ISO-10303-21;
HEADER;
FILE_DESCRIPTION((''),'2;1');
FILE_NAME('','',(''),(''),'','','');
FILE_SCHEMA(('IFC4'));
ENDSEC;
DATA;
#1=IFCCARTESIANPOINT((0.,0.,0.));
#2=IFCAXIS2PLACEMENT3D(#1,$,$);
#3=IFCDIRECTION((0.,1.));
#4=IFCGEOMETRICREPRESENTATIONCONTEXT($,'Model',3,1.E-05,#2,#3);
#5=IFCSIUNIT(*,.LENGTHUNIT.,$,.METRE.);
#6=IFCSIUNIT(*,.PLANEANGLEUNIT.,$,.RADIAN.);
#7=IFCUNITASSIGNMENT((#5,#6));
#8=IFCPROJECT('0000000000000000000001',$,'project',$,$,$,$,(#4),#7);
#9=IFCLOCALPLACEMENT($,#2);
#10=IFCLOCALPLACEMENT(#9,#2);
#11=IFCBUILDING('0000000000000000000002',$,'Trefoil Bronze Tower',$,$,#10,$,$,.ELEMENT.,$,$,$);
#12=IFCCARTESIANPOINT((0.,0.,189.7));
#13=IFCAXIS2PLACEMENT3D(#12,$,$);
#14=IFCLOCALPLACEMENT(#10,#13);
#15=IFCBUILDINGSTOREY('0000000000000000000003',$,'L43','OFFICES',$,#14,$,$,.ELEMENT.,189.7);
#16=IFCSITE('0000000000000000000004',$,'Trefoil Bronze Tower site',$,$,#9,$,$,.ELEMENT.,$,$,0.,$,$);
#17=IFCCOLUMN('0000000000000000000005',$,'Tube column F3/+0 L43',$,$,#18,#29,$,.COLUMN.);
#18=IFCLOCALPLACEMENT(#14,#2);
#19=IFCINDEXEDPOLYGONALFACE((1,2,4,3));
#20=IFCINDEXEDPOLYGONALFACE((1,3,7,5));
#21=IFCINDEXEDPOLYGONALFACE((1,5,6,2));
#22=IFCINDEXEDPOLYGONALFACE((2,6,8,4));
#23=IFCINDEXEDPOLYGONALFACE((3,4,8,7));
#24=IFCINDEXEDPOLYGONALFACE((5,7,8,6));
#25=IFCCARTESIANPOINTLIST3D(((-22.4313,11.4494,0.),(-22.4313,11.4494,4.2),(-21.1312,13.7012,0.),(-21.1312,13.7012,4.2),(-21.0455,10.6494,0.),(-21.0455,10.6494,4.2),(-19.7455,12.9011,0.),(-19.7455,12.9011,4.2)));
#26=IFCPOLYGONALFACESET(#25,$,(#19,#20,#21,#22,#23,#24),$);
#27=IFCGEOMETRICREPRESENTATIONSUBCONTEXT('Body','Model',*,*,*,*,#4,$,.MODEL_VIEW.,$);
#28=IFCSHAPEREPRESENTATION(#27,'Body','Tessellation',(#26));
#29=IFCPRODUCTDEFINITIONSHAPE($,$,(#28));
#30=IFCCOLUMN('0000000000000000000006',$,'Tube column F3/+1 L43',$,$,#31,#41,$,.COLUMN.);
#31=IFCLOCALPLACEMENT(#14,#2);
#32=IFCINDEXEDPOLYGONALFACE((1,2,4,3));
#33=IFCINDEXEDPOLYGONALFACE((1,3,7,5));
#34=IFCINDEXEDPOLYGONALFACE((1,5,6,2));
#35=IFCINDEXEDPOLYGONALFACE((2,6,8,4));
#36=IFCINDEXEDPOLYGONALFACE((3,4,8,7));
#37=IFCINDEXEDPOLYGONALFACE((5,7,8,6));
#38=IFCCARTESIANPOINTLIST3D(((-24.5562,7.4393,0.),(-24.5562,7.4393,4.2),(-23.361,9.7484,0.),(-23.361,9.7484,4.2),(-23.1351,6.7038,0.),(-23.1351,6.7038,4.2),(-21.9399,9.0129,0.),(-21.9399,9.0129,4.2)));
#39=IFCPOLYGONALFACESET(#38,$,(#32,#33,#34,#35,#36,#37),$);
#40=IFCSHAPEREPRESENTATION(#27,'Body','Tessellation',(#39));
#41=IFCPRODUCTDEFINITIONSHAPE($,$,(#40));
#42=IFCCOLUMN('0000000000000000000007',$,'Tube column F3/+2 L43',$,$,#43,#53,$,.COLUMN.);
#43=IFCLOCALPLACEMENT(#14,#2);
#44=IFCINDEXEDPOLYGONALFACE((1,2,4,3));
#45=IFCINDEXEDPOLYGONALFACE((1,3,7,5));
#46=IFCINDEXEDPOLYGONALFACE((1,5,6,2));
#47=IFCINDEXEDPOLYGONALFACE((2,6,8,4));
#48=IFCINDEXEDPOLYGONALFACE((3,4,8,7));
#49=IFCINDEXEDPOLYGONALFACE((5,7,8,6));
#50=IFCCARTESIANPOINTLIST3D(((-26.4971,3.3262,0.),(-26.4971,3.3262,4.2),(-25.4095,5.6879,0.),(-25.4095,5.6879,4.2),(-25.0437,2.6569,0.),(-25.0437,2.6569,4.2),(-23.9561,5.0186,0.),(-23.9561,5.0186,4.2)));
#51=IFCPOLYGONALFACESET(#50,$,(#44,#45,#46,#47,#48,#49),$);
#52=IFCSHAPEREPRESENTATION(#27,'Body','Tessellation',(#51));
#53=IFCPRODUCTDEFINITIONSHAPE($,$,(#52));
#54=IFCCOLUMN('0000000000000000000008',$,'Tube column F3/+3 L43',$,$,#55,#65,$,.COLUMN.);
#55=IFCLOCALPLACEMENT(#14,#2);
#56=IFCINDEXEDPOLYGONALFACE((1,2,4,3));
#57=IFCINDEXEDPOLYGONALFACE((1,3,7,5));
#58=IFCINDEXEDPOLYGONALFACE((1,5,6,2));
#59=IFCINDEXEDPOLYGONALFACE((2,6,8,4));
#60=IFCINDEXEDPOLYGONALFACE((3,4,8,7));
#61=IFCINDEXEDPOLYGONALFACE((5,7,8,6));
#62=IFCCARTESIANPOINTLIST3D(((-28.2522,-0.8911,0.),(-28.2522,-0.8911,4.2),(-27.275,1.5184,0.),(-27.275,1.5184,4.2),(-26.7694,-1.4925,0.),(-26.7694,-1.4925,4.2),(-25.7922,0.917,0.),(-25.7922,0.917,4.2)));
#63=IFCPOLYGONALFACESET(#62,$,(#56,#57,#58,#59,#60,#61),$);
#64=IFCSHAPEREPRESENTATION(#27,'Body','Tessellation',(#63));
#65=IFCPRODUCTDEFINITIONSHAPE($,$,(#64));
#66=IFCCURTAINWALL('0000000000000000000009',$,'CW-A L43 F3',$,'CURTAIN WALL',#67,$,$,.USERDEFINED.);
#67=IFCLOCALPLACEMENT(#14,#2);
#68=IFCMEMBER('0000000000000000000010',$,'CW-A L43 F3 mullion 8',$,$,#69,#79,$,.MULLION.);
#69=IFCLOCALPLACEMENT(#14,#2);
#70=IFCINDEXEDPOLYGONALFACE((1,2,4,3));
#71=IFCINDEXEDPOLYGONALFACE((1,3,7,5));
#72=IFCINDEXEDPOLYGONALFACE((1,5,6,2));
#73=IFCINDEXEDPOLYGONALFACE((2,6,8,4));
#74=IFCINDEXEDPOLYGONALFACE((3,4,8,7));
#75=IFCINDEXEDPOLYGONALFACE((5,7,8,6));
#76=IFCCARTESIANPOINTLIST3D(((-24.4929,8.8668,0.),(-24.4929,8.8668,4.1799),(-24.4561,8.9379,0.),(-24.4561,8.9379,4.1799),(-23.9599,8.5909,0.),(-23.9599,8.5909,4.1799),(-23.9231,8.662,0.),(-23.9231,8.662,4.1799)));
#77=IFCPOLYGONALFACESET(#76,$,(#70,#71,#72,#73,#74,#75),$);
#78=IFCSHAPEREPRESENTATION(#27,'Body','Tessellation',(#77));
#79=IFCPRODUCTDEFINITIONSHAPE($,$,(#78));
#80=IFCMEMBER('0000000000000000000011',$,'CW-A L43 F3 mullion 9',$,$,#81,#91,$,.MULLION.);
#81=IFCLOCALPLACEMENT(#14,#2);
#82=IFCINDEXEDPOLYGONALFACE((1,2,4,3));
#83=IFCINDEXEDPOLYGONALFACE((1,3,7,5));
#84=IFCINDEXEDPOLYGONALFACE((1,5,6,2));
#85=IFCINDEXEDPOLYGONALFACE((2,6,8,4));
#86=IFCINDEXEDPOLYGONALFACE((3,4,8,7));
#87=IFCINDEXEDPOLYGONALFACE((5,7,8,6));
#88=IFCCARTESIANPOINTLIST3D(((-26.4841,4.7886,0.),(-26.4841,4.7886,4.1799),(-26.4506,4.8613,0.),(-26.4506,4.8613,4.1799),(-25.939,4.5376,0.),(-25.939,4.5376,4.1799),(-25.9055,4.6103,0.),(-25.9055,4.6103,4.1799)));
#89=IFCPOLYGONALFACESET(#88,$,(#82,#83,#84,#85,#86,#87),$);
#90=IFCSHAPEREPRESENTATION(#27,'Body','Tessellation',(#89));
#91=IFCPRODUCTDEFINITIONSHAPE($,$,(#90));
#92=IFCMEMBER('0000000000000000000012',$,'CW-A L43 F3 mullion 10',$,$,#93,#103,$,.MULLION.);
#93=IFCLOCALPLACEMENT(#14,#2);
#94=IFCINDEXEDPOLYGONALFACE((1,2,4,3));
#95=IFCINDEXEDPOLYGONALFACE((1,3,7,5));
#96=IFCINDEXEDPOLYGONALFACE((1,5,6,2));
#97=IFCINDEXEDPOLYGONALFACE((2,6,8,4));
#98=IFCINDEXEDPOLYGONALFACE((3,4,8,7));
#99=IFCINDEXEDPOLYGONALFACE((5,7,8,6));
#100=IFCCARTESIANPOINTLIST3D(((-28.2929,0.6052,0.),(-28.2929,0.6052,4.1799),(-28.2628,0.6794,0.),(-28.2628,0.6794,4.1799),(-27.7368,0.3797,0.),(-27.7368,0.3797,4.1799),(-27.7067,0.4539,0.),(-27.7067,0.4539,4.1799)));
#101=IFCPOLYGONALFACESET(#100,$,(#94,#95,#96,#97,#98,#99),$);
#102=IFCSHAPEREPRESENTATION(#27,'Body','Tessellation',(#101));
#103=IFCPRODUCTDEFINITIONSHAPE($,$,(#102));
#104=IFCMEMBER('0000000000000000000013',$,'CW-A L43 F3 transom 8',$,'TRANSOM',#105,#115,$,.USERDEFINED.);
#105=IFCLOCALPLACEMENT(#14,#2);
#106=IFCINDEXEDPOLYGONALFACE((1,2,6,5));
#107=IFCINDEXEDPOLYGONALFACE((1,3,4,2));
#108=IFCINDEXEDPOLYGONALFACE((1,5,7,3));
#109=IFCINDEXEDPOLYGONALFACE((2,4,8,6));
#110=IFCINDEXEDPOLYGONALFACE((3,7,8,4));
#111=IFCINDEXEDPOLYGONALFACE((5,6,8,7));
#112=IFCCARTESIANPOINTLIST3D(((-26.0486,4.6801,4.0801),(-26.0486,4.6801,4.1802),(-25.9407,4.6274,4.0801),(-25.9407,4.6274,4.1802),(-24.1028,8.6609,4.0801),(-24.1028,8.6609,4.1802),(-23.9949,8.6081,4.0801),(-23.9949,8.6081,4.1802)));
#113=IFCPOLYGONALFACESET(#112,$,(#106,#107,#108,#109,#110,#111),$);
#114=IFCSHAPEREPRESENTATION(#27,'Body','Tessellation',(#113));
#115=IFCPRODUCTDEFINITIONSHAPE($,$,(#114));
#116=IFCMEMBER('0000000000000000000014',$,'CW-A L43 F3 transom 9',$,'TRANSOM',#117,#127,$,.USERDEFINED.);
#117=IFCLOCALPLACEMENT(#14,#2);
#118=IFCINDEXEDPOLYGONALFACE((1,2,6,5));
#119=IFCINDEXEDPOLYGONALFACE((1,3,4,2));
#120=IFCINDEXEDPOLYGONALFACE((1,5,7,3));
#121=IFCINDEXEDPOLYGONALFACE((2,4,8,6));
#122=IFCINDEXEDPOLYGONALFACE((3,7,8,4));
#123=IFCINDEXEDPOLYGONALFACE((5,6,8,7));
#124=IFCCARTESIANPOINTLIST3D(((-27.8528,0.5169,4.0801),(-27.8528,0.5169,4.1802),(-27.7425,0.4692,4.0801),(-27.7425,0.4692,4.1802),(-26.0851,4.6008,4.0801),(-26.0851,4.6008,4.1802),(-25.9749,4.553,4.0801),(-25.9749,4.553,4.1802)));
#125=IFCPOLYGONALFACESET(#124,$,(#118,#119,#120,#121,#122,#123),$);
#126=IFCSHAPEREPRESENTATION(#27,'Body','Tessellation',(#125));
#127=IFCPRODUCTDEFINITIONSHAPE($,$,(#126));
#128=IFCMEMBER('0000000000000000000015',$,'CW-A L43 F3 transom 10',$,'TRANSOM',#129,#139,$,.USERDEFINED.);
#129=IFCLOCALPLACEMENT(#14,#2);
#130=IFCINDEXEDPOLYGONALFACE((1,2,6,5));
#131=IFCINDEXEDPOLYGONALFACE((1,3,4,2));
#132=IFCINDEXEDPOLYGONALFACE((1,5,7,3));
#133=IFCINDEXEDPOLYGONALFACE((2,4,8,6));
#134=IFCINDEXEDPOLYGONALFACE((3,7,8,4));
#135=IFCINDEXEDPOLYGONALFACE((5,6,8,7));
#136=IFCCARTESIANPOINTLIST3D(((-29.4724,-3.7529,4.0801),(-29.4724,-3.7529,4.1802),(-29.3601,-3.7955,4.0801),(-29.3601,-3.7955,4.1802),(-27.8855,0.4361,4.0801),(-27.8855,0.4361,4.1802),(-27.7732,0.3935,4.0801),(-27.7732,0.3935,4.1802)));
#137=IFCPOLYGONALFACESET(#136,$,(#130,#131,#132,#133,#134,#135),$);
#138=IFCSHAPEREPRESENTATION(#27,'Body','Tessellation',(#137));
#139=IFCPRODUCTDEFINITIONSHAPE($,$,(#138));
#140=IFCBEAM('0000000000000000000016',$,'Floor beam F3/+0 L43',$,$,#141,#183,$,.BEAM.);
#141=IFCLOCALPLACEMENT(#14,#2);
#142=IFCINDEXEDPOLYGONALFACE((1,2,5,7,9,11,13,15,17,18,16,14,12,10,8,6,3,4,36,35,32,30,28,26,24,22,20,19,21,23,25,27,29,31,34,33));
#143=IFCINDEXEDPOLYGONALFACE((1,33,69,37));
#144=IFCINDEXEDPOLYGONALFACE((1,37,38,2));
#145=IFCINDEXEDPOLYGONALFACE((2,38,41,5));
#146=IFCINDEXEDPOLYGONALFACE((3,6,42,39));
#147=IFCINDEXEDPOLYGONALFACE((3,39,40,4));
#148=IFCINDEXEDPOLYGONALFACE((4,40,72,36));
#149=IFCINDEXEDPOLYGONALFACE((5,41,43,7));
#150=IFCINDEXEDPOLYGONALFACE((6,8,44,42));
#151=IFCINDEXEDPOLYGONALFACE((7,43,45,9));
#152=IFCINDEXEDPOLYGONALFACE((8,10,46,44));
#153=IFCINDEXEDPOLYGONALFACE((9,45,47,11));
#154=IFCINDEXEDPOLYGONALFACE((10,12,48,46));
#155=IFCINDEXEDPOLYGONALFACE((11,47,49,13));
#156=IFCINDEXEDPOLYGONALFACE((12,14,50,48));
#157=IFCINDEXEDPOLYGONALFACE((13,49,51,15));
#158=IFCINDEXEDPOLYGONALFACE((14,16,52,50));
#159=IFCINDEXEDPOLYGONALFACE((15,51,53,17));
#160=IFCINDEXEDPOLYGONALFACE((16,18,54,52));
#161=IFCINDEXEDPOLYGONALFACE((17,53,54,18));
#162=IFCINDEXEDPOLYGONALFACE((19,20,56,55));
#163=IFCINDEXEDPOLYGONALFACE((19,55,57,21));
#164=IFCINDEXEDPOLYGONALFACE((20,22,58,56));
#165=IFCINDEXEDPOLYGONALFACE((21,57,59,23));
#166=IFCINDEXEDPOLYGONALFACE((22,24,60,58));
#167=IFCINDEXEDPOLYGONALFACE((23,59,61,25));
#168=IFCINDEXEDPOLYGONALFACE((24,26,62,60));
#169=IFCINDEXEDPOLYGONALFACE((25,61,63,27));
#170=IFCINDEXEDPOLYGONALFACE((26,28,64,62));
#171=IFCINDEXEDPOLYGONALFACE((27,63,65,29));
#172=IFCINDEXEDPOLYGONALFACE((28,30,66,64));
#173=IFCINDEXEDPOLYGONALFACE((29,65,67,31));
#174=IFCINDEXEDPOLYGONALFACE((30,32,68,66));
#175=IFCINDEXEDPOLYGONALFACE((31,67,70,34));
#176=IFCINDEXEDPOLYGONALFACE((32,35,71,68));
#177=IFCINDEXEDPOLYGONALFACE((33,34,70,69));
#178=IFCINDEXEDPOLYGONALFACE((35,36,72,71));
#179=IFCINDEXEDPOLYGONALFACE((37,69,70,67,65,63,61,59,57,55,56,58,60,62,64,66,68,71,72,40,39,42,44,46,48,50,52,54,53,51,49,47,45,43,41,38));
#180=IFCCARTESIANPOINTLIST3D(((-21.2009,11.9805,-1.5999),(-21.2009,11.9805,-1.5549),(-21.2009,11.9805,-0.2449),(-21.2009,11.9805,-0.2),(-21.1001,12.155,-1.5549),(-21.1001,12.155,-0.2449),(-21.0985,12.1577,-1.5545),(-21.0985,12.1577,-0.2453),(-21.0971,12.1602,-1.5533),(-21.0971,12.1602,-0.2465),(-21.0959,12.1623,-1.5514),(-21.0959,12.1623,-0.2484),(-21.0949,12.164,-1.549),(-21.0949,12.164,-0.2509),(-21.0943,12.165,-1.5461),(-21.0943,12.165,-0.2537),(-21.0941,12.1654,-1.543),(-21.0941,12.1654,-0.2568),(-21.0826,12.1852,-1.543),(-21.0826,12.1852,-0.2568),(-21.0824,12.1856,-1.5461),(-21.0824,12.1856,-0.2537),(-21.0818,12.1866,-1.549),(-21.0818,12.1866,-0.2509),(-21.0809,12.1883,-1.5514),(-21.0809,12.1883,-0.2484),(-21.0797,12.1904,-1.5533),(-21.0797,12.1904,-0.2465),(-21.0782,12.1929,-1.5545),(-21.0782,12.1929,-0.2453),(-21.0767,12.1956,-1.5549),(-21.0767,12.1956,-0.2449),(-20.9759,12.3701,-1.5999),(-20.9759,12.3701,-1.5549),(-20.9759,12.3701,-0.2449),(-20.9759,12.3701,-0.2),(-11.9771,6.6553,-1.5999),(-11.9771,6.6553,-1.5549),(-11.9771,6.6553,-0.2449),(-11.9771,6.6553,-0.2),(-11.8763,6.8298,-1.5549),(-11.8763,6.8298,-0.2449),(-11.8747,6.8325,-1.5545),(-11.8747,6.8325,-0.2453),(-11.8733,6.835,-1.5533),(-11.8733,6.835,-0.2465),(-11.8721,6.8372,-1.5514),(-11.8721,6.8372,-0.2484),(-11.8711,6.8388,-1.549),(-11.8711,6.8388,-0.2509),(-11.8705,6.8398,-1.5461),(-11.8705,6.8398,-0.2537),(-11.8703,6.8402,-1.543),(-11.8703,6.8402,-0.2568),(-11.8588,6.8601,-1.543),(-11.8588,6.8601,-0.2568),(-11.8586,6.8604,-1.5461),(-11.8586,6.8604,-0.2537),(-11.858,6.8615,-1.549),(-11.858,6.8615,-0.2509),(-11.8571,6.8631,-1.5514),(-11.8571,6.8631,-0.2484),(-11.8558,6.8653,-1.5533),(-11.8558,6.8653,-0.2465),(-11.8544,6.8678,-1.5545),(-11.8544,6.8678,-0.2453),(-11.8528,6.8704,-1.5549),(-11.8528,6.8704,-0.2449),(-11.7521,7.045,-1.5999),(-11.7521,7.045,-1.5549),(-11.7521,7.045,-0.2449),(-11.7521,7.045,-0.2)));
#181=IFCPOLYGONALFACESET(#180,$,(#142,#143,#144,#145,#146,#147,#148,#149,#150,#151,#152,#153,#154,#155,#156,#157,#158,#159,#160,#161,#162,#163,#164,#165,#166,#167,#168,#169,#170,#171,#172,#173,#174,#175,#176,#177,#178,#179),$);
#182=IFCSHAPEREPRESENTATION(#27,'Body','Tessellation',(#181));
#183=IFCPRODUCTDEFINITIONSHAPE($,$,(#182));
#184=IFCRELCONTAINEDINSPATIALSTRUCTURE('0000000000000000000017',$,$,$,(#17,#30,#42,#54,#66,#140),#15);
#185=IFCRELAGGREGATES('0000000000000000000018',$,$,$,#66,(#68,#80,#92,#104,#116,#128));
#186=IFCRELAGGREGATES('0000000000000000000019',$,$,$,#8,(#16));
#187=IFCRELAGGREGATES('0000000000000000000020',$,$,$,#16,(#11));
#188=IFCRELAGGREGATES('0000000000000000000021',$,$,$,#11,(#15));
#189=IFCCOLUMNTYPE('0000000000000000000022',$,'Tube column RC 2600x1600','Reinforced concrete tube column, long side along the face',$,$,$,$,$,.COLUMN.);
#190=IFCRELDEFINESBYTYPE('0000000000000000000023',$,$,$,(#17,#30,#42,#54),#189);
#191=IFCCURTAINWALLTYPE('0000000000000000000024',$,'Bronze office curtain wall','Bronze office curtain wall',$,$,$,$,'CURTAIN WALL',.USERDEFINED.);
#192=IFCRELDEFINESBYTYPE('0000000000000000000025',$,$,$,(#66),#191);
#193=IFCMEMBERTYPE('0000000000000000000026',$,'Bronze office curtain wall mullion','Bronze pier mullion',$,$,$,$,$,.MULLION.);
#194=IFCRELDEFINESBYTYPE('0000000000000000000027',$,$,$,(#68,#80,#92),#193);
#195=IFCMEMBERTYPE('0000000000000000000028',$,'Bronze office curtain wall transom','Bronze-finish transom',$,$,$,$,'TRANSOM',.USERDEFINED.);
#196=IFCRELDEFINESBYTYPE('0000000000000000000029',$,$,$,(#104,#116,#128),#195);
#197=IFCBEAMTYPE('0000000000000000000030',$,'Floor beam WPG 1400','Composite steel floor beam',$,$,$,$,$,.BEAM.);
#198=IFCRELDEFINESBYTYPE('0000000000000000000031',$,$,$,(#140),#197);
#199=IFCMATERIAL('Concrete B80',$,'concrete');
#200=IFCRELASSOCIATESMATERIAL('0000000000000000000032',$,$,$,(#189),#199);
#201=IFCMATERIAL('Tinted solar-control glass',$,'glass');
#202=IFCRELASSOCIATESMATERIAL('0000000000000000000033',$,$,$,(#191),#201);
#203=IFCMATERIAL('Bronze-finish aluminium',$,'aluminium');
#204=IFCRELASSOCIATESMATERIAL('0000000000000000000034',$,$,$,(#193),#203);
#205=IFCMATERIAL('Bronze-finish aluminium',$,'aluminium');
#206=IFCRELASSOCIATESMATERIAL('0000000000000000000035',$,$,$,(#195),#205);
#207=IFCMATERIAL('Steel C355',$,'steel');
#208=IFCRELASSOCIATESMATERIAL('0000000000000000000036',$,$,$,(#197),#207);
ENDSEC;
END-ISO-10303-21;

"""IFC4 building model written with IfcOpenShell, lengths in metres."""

from ifc_helpers import new_model, si_unit, direction, frame, origin, origin_2d, place, context, subcontext, project, spatial, rectangle, i_section, extrude, material, material_profile, profile_set, type_object, element, aggregate, save


model = new_model("IFC4")

# Units and contexts
model_context = context("Model", 3, precision=1e-05, world=origin(), true_north=direction((0.0, 1.0)))
body_context = subcontext(model_context, "Body", "Model", "MODEL_VIEW")
ifc_project = project(units=[si_unit("LENGTHUNIT", "METRE"), si_unit("PLANEANGLEUNIT", "RADIAN")], contexts=[model_context])

# Site, building, storey
site_placement = place(None, origin())
site = spatial("IfcSite", under=ifc_project, at=site_placement, Name="Trefoil Bronze Tower site", CompositionType="ELEMENT", RefElevation=0.0)
building_placement = place(site_placement, origin())
building = spatial("IfcBuilding", under=site, at=building_placement, Name="Trefoil Bronze Tower", CompositionType="ELEMENT")
storey_placement = place(building_placement, frame((0.0, 0.0, 189.7)))
storey = spatial("IfcBuildingStorey", under=building, at=storey_placement, Name="L43", Description="OFFICES", CompositionType="ELEMENT", Elevation=189.7)

# Columns
ifc_material_1 = material(Name="Concrete B80", Category="concrete")
ifc_material_profile_1 = material_profile(ifc_material_1, rectangle(XDim=2.6001, YDim=1.6001, at=origin_2d()), Name="RC 2600x1600")
ifc_profile_set_1 = profile_set([ifc_material_profile_1], Name="Concrete B80")
column_type = type_object("IfcColumnType", Name="Tube column RC 2600x1600", Description="Reinforced concrete tube column, long side along the face", PredefinedType="COLUMN", material=ifc_profile_set_1)
for number, where, z_axis, x_axis, name in (
    (1, (-21.0884, 12.1753, 0.0), (0.0, 0.0, 1.0), (-0.5, -0.866025, 0.0), "Tube column F3/+0 L43"),
    (2, (-23.248, 8.2261, 0.0), (0.0, 0.0, 1.0), (-0.459673, -0.888088, 0.0), "Tube column F3/+1 L43"),
    (3, (-25.2266, 4.1724, 0.0), (0.0, 0.0, 1.0), (-0.418286, -0.908315, 0.0), "Tube column F3/+2 L43"),
    (4, (-27.0222, 0.0129, 0.0), (0.0, 0.0, 1.0), (-0.375828, -0.926689, 0.0), "Tube column F3/+3 L43"),
):
    element("IfcColumn", number, at=place(storey_placement, frame(where, z_axis=z_axis, x_axis=x_axis)), inside=storey, type_object=column_type, Name=name, PredefinedType="COLUMN", context=body_context, shape_type="SweptSolid", body=[
        extrude(rectangle(XDim=2.6001, YDim=1.6001, at=origin_2d()), origin(), (0.0, 0.0, 1.0), 4.2),
    ])

# Curtain wall, members
ifc_material_2 = material(Name="Tinted solar-control glass", Category="glass")
curtain_wall_type = type_object("IfcCurtainWallType", Name="Bronze office curtain wall", Description="Bronze office curtain wall", ElementType="CURTAIN WALL", PredefinedType="USERDEFINED", material=ifc_material_2)
curtain_wall_placement = place(storey_placement, origin())
curtain_wall = element("IfcCurtainWall", 5, at=curtain_wall_placement, inside=storey, type_object=curtain_wall_type, Name="CW-A L43 F3", ObjectType="CURTAIN WALL", PredefinedType="USERDEFINED")
ifc_material_3 = material(Name="Bronze-finish aluminium", Category="aluminium")
ifc_material_profile_2 = material_profile(ifc_material_3, rectangle(XDim=0.6001, YDim=0.0801, at=origin_2d()), Name="CW-A mullion")
ifc_profile_set_2 = profile_set([ifc_material_profile_2], Name="Bronze-finish aluminium")
member_type_1 = type_object("IfcMemberType", Name="Bronze office curtain wall mullion", Description="Bronze pier mullion", PredefinedType="MULLION", material=ifc_profile_set_2)
member_1_placement = place(storey_placement, frame((-24.208, 8.7644, 0.0), z_axis=(0.0, 0.0, 1.0), x_axis=(0.888088, -0.459673, 0.0)))
member_1 = element("IfcMember", 6, at=member_1_placement, type_object=member_type_1, Name="CW-A L43 F3 mullion 8", PredefinedType="MULLION", context=body_context, shape_type="SweptSolid", body=[
    extrude(rectangle(XDim=0.6001, YDim=0.0801, at=origin_2d()), origin(), (0.0, 0.0, 1.0), 4.1799),
])
member_2_placement = place(storey_placement, frame((-26.1948, 4.6995, 0.0), z_axis=(0.0, 0.0, 1.0), x_axis=(0.908315, -0.418286, 0.0)))
member_2 = element("IfcMember", 7, at=member_2_placement, type_object=member_type_1, Name="CW-A L43 F3 mullion 9", PredefinedType="MULLION", context=body_context, shape_type="SweptSolid", body=[
    extrude(rectangle(XDim=0.6001, YDim=0.0801, at=origin_2d()), origin(), (0.0, 0.0, 1.0), 4.1799),
])
member_3_placement = place(storey_placement, frame((-27.9998, 0.5295, 0.0), z_axis=(0.0, 0.0, 1.0), x_axis=(0.926689, -0.375828, 0.0)))
member_3 = element("IfcMember", 8, at=member_3_placement, type_object=member_type_1, Name="CW-A L43 F3 mullion 10", PredefinedType="MULLION", context=body_context, shape_type="SweptSolid", body=[
    extrude(rectangle(XDim=0.6001, YDim=0.0801, at=origin_2d()), origin(), (0.0, 0.0, 1.0), 4.1799),
])
ifc_material_4 = material(Name="Bronze-finish aluminium", Category="aluminium")
ifc_material_profile_3 = material_profile(ifc_material_4, rectangle(XDim=0.1201, YDim=0.1001, at=origin_2d()), Name="CW-A transom")
ifc_profile_set_3 = profile_set([ifc_material_profile_3], Name="Bronze-finish aluminium")
member_type_2 = type_object("IfcMemberType", Name="Bronze office curtain wall transom", Description="Bronze-finish transom", ElementType="TRANSOM", PredefinedType="USERDEFINED", material=ifc_profile_set_3)
member_4_placement = place(storey_placement, frame((-24.0488, 8.6345, 4.1301), z_axis=(-0.439151, -0.898413, 0.0), x_axis=(0.898413, -0.439151, 0.0)))
member_4 = element("IfcMember", 9, at=member_4_placement, type_object=member_type_2, Name="CW-A L43 F3 transom 8", ObjectType="TRANSOM", PredefinedType="USERDEFINED", context=body_context, shape_type="SweptSolid", body=[
    extrude(rectangle(XDim=0.1201, YDim=0.1001, at=origin_2d()), origin(), (0.0, 0.0, 1.0), 4.4309),
])
member_5_placement = place(storey_placement, frame((-26.03, 4.5769, 4.1301), z_axis=(-0.397221, -0.917723, 0.0), x_axis=(0.917723, -0.397221, 0.0)))
member_5 = element("IfcMember", 10, at=member_5_placement, type_object=member_type_2, Name="CW-A L43 F3 transom 9", ObjectType="TRANSOM", PredefinedType="USERDEFINED", context=body_context, shape_type="SweptSolid", body=[
    extrude(rectangle(XDim=0.1201, YDim=0.1001, at=origin_2d()), origin(), (0.0, 0.0, 1.0), 4.45),
])
member_6_placement = place(storey_placement, frame((-27.8293, 0.4148, 4.1301), z_axis=(-0.354263, -0.935146, 0.0), x_axis=(0.935146, -0.354263, 0.0)))
member_6 = element("IfcMember", 11, at=member_6_placement, type_object=member_type_2, Name="CW-A L43 F3 transom 10", ObjectType="TRANSOM", PredefinedType="USERDEFINED", context=body_context, shape_type="SweptSolid", body=[
    extrude(rectangle(XDim=0.1201, YDim=0.1001, at=origin_2d()), origin(), (0.0, 0.0, 1.0), 4.4795),
])

# Beam
ifc_material_5 = material(Name="Steel C355", Category="steel")
ifc_material_profile_4 = material_profile(ifc_material_5, i_section(OverallWidth=0.45, OverallDepth=1.3999, WebThickness=0.0229, FlangeThickness=0.0449, FilletRadius=0.012, at=origin_2d()), Name="WPG 1400")
ifc_profile_set_4 = profile_set([ifc_material_profile_4], Name="Steel C355")
beam_type_1 = type_object("IfcBeamType", Name="Floor beam WPG 1400", Description="Composite steel floor beam", PredefinedType="BEAM", material=ifc_profile_set_4)
beam_1_placement = place(storey_placement, frame((-21.0884, 12.1753, -0.8999), z_axis=(0.866034, -0.499985, 0.0), x_axis=(0.499985, 0.866034, 0.0)))
element("IfcBeam", 12, at=beam_1_placement, inside=storey, type_object=beam_type_1, Name="Floor beam F3/+0 L43", PredefinedType="BEAM", context=body_context, shape_type="SweptSolid", body=[
    extrude(i_section(OverallWidth=0.45, OverallDepth=1.3999, WebThickness=0.0229, FlangeThickness=0.0449, FilletRadius=0.012, at=origin_2d()), origin(), (0.0, 0.0, 1.0), 10.6506),
])

aggregate(curtain_wall, [member_1, member_2, member_3, member_4, member_5, member_6])

save(model, "model.ifc")
